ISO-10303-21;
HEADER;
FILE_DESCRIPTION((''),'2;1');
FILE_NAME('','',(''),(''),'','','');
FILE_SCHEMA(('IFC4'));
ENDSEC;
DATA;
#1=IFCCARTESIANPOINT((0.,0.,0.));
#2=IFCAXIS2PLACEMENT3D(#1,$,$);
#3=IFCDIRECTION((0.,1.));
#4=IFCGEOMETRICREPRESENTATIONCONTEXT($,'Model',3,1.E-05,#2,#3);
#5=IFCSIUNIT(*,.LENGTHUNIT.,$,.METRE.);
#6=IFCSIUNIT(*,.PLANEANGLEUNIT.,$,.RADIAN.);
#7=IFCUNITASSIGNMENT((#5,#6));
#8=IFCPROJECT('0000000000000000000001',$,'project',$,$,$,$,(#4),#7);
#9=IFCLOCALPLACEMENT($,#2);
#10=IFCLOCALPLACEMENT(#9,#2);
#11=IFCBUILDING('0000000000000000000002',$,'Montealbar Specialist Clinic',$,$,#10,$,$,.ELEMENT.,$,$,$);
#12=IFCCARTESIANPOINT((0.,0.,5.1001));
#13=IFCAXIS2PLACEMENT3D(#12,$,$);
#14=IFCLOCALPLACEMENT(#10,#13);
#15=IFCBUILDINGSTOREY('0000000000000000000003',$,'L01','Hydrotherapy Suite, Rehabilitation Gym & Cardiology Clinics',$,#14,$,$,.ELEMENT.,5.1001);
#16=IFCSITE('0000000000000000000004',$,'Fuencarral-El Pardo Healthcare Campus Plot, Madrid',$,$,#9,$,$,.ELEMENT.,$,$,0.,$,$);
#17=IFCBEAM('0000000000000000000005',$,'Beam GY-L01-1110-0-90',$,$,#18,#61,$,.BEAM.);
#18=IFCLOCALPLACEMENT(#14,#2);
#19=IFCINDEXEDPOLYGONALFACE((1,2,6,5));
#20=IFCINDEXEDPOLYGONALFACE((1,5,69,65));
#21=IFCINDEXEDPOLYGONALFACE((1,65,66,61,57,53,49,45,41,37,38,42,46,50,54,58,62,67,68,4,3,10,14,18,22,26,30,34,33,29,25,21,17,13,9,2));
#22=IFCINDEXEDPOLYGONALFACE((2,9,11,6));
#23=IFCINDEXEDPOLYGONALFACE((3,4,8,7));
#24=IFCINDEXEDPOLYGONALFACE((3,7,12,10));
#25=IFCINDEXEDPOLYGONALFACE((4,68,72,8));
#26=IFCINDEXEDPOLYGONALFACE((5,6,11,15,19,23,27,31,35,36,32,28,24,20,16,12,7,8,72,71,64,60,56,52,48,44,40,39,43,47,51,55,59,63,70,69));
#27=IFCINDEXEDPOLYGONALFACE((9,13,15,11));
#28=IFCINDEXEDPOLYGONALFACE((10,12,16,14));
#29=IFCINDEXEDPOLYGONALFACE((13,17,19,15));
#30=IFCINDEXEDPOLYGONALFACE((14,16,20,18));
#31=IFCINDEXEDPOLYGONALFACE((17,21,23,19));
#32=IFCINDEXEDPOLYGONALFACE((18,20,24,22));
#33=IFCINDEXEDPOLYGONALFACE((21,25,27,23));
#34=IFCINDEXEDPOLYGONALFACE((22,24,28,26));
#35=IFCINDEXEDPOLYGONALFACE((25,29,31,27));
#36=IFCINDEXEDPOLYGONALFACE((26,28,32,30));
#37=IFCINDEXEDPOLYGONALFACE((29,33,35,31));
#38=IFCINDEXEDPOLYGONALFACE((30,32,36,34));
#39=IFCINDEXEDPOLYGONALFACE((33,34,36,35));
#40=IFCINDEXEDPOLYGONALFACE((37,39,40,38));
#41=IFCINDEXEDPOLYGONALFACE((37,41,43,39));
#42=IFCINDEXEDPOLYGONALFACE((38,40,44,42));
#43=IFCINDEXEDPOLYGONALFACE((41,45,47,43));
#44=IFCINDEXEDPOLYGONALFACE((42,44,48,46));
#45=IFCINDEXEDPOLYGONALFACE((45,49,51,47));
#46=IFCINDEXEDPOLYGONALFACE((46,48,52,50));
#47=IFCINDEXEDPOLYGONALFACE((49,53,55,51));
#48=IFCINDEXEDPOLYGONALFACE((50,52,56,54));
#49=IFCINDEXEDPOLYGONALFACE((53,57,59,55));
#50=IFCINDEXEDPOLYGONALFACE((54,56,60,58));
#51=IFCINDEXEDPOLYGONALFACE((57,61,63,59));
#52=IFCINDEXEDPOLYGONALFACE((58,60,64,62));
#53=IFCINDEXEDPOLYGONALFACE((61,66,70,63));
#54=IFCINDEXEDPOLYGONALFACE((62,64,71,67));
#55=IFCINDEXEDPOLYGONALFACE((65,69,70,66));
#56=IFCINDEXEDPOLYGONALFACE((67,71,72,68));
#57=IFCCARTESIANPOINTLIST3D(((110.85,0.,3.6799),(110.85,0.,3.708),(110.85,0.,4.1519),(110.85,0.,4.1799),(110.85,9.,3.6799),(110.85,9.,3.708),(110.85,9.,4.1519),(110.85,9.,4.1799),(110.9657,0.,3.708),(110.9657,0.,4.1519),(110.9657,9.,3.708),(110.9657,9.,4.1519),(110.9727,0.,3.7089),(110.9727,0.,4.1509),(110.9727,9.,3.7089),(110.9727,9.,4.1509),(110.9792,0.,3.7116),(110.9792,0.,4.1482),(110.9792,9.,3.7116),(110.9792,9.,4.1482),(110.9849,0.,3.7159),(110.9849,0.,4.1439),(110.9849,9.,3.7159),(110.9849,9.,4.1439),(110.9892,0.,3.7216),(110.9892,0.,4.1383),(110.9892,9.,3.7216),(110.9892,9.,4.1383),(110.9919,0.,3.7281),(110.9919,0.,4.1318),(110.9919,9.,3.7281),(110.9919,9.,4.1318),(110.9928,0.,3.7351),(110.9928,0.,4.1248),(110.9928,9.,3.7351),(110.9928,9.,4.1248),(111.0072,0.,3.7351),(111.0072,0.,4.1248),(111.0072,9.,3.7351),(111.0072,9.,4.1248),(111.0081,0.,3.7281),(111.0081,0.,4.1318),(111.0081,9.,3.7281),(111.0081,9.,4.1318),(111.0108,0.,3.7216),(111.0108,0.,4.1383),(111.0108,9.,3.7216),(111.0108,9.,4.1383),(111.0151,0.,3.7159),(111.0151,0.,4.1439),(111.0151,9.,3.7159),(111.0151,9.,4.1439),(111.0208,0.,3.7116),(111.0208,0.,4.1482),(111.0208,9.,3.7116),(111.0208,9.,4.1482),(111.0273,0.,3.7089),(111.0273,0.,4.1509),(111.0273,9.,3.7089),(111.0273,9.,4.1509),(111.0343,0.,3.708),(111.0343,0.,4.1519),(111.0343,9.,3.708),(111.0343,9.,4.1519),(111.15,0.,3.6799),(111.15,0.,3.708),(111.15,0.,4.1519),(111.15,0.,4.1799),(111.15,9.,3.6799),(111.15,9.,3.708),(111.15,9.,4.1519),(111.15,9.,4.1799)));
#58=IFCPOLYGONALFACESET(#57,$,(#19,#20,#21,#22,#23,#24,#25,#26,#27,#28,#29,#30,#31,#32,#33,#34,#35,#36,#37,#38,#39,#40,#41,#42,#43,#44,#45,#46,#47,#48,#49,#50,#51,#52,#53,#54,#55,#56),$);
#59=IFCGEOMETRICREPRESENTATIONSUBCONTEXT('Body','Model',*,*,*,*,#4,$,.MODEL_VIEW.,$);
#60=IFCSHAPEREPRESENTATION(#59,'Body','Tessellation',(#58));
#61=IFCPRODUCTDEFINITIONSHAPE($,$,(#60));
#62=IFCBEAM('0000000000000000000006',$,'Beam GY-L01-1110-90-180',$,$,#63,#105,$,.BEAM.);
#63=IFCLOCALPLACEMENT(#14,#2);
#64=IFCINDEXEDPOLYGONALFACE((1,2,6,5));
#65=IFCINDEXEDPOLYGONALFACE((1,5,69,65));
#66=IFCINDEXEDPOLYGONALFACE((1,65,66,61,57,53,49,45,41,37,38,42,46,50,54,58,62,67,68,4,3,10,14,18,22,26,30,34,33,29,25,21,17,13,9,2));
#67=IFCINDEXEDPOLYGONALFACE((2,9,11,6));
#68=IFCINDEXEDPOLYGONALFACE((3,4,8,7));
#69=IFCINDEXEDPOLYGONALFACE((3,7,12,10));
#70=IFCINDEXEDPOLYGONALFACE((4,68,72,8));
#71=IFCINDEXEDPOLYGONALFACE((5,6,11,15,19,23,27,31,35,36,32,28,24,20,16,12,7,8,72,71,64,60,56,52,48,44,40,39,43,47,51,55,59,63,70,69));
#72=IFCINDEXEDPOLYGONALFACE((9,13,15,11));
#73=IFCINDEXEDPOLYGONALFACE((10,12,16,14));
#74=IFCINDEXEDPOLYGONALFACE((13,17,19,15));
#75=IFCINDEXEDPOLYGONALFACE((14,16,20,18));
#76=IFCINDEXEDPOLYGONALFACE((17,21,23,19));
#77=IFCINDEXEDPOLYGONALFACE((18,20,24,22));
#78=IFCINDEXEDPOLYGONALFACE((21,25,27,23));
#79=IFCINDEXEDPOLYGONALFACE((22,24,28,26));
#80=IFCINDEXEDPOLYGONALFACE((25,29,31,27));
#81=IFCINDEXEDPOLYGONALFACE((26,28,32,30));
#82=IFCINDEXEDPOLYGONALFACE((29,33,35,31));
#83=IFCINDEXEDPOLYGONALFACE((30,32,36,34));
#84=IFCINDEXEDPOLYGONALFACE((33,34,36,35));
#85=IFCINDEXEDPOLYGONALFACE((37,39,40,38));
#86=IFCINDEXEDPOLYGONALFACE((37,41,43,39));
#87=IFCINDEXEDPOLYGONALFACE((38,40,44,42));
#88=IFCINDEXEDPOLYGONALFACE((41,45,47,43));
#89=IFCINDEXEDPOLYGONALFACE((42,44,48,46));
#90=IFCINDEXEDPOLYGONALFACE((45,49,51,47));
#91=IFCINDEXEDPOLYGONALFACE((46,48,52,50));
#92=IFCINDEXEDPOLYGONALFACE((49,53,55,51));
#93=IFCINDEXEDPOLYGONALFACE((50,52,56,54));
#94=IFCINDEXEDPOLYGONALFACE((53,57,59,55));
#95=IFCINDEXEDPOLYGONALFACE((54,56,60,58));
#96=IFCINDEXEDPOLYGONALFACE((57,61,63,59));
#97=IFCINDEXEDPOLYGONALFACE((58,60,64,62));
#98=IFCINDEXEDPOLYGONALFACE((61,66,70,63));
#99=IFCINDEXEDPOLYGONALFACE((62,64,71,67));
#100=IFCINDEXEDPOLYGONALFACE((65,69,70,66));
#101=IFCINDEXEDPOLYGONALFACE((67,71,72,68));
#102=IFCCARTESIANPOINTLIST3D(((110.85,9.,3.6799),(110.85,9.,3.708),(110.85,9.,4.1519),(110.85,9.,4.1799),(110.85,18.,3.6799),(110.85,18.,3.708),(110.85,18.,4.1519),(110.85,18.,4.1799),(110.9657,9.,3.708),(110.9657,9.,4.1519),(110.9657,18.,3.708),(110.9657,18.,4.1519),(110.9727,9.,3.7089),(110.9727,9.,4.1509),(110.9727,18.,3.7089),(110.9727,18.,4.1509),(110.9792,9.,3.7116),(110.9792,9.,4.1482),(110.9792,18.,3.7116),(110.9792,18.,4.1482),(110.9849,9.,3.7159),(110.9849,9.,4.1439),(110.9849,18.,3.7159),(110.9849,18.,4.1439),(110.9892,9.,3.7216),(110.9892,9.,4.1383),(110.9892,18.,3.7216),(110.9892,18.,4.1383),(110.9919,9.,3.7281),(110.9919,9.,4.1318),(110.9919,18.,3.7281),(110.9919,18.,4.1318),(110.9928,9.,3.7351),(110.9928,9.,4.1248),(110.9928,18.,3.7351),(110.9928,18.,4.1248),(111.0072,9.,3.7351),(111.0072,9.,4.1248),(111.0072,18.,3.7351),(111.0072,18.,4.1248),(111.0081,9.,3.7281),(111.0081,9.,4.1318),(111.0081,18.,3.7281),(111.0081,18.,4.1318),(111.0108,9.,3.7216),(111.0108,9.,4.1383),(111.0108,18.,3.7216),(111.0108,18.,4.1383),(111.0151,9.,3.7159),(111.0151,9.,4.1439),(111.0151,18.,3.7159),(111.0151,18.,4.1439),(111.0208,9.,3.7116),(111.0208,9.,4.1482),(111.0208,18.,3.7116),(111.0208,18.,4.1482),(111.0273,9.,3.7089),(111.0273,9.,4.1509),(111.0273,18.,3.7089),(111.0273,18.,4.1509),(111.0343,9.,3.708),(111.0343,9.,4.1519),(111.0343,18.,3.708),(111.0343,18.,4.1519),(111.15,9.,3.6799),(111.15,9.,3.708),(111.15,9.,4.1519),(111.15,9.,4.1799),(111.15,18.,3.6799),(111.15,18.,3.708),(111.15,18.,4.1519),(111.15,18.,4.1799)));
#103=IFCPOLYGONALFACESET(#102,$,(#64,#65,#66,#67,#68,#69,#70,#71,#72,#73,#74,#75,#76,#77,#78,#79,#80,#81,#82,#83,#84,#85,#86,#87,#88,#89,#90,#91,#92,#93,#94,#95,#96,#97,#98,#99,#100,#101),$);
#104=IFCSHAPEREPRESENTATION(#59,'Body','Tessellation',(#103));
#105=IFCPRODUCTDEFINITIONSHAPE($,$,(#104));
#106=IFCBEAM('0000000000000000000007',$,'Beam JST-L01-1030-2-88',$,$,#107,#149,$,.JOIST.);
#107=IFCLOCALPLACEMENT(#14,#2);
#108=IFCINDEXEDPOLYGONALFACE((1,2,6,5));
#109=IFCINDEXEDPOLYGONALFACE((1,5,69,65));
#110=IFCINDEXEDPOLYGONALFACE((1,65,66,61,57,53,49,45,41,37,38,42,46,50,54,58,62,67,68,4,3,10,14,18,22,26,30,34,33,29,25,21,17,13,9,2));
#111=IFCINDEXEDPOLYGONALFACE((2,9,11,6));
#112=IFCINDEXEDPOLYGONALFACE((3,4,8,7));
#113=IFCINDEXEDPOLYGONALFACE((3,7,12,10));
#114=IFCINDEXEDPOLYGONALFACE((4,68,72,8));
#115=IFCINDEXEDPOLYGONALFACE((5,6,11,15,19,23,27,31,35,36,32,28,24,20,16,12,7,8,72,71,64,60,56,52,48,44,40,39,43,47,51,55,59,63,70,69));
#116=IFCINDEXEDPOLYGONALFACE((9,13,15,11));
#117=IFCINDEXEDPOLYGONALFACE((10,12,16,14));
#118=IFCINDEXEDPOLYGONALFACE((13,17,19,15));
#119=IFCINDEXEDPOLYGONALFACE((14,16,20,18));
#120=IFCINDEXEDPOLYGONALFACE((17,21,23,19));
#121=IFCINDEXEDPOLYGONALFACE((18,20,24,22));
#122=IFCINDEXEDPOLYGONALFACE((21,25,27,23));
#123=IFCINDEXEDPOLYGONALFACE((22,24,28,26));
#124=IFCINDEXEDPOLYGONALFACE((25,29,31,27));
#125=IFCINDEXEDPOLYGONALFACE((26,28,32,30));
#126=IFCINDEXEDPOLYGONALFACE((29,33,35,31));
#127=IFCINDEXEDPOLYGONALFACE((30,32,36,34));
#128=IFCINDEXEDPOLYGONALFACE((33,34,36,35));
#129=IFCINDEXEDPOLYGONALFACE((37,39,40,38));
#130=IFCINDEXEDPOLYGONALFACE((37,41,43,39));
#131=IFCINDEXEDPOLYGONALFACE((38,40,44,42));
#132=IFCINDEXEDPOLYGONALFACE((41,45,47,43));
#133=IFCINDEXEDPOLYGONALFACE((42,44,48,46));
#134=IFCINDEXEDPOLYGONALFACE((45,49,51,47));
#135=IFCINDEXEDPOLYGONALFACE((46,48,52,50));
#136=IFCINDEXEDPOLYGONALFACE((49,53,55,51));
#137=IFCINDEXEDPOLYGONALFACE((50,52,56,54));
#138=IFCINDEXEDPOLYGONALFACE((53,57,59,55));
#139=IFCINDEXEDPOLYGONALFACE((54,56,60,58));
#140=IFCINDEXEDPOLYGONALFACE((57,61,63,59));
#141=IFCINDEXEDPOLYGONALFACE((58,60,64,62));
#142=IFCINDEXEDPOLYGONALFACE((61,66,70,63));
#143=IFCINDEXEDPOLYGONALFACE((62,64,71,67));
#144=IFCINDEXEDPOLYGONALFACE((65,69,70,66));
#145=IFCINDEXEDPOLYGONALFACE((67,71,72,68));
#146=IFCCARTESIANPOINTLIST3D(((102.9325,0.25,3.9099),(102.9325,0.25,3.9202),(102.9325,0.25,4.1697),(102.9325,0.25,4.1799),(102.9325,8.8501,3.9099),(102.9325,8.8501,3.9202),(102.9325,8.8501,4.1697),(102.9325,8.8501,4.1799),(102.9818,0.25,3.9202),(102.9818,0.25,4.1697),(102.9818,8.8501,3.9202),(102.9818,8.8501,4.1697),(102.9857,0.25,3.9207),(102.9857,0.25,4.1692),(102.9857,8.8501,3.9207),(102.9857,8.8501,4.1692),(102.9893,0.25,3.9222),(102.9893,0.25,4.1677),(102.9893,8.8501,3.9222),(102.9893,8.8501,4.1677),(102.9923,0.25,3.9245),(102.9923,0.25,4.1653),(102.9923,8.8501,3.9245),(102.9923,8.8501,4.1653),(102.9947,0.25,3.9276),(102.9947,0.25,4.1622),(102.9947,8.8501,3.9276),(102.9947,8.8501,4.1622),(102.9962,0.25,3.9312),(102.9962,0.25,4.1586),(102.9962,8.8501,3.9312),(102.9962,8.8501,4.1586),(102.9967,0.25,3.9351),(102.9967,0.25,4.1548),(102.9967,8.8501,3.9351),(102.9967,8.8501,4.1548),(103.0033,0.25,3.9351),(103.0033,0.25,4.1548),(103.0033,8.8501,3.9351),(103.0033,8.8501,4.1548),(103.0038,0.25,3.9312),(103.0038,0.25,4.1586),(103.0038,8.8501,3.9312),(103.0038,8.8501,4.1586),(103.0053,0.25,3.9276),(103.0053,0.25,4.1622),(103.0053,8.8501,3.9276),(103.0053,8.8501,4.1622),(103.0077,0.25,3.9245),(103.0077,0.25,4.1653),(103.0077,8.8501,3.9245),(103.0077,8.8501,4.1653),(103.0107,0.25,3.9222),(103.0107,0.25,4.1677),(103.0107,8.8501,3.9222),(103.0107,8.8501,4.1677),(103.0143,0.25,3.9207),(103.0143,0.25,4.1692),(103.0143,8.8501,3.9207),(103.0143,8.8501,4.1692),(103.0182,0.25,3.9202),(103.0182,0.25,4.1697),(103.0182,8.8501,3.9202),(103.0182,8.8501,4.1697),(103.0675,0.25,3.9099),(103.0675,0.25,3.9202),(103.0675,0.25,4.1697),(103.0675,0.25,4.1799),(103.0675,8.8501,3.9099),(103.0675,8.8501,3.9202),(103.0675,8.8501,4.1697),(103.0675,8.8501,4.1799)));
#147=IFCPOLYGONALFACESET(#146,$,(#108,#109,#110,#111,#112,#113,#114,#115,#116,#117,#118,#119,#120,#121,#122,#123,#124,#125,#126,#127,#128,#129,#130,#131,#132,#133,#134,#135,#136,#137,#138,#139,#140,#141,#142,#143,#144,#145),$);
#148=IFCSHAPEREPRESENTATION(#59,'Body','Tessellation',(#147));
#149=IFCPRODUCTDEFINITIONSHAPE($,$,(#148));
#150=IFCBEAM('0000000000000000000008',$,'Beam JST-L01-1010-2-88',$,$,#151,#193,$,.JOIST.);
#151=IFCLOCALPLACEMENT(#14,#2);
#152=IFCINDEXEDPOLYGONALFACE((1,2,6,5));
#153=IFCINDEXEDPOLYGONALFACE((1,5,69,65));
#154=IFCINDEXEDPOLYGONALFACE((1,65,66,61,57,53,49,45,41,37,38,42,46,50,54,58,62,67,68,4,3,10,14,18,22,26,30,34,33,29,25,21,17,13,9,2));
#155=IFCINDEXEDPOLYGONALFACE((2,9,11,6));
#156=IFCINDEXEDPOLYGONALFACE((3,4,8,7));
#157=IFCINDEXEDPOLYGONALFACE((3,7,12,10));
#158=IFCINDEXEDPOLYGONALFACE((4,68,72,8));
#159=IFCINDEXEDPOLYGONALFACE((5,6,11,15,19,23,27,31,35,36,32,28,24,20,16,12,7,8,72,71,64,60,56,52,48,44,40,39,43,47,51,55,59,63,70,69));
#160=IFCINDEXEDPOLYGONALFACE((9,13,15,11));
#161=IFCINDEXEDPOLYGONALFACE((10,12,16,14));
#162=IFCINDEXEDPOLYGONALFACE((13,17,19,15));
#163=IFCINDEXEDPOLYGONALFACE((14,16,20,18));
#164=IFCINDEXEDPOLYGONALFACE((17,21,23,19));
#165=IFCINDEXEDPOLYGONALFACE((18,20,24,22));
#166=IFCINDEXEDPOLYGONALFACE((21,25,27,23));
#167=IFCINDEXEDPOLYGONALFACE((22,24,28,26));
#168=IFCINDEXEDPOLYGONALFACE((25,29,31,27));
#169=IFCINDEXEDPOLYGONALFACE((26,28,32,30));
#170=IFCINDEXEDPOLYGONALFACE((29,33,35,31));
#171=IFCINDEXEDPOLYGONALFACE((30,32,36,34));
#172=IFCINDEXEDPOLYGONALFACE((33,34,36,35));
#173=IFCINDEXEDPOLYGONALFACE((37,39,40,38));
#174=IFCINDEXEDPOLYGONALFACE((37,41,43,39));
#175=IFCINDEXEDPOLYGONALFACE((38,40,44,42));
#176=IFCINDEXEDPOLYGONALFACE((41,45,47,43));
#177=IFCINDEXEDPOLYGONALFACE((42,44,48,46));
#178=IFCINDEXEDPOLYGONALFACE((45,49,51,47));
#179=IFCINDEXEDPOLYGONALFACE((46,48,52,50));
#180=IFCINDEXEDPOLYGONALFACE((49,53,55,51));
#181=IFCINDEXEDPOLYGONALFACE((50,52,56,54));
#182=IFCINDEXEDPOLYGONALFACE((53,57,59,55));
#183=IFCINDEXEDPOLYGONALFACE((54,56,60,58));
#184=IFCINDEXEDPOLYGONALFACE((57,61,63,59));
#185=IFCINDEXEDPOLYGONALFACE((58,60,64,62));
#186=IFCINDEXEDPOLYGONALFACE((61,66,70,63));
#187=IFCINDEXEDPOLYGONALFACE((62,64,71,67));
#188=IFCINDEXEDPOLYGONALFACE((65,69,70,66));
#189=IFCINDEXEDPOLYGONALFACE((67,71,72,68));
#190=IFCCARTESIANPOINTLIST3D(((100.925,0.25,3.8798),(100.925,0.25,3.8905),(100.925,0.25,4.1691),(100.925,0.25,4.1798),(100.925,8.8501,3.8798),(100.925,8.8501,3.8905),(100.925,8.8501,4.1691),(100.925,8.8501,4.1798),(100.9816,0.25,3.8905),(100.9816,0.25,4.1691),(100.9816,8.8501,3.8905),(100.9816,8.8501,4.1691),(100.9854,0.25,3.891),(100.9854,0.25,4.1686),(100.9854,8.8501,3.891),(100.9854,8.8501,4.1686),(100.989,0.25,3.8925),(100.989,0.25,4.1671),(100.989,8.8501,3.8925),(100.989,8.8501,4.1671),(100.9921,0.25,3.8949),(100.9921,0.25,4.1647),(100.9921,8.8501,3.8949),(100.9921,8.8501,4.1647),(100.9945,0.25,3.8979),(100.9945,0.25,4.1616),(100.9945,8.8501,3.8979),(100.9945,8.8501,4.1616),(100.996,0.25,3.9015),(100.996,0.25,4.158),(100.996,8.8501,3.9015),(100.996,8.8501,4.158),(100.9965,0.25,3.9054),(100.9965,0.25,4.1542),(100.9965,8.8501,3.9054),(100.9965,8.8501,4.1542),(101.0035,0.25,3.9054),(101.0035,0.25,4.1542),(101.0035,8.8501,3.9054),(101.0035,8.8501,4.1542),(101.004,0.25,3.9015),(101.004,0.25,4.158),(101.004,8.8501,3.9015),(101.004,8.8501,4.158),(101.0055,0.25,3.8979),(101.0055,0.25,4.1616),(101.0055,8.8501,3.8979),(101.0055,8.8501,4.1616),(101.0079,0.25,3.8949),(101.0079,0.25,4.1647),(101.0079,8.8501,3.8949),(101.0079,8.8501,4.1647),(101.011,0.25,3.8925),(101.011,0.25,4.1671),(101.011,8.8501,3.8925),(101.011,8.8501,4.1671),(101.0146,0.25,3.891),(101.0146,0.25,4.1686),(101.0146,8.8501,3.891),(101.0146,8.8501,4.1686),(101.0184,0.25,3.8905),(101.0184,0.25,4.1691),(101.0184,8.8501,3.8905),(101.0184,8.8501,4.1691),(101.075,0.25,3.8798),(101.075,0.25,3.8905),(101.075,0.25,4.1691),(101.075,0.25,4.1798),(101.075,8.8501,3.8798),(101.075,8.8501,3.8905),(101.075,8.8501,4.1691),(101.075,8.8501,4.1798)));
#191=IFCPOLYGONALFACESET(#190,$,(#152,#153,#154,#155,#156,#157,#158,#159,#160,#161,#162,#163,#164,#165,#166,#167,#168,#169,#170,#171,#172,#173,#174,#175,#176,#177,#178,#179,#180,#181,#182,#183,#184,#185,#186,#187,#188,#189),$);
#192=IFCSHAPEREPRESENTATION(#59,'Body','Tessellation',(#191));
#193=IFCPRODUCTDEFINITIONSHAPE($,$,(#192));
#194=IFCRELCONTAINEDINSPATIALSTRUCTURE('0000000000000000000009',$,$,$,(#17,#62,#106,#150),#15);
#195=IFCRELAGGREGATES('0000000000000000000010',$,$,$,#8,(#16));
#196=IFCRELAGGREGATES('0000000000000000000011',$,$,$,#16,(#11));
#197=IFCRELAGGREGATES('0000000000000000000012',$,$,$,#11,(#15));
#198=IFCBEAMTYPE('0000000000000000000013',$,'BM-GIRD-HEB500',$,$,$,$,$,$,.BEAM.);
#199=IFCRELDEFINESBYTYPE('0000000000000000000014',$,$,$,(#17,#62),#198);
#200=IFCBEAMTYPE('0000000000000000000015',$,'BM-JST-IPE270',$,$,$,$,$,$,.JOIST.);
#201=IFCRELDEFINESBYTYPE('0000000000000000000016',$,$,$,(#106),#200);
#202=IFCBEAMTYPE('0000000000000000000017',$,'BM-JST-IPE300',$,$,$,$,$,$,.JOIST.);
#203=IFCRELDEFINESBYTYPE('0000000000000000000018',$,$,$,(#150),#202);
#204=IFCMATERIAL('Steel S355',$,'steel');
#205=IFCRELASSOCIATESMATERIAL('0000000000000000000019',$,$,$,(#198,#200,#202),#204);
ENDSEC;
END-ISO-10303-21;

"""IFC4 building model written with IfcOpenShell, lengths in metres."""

from ifc_helpers import new_model, si_unit, direction, frame, origin, origin_2d, place, context, subcontext, project, spatial, i_section, extrude, material, material_profile, profile_set, type_object, element, save


model = new_model("IFC4")

# Units and contexts
model_context = context("Model", 3, precision=1e-05, world=origin(), true_north=direction((0.0, 1.0)))
body_context = subcontext(model_context, "Body", "Model", "MODEL_VIEW")
ifc_project = project(units=[si_unit("LENGTHUNIT", "METRE"), si_unit("PLANEANGLEUNIT", "RADIAN")], contexts=[model_context])

# Site, building, storey
site_placement = place(None, origin())
site = spatial("IfcSite", under=ifc_project, at=site_placement, Name="Fuencarral-El Pardo Healthcare Campus Plot, Madrid", CompositionType="ELEMENT", RefElevation=0.0)
building_placement = place(site_placement, origin())
building = spatial("IfcBuilding", under=site, at=building_placement, Name="Montealbar Specialist Clinic", CompositionType="ELEMENT")
storey_placement = place(building_placement, frame((0.0, 0.0, 5.1001)))
storey = spatial("IfcBuildingStorey", under=building, at=storey_placement, Name="L01", Description="Hydrotherapy Suite, Rehabilitation Gym & Cardiology Clinics", CompositionType="ELEMENT", Elevation=5.1001)

# Shared definitions
ifc_material_1 = material(Name="Steel S355", Category="steel")

# Beams
ifc_material_profile_1 = material_profile(ifc_material_1, i_section(OverallWidth=0.3, OverallDepth=0.5, WebThickness=0.0144, FlangeThickness=0.0281, FilletRadius=0.0271, at=origin_2d()), Name="HEB 500", Category="steel")
ifc_profile_set_1 = profile_set([ifc_material_profile_1], Name="Steel S355")
beam_type_1 = type_object("IfcBeamType", Name="BM-GIRD-HEB500", PredefinedType="BEAM", material=ifc_profile_set_1)
for number, where, z_axis, x_axis, name in (
    (1, (111.0, 0.0, 3.9299), (0.0, 1.0, 0.0), (-1.0, 0.0, 0.0), "Beam GY-L01-1110-0-90"),
    (2, (111.0, 9.0, 3.9299), (0.0, 1.0, 0.0), (-1.0, 0.0, 0.0), "Beam GY-L01-1110-90-180"),
):
    element("IfcBeam", number, at=place(storey_placement, frame(where, z_axis=z_axis, x_axis=x_axis)), inside=storey, type_object=beam_type_1, Name=name, PredefinedType="BEAM", context=body_context, shape_type="SweptSolid", body=[
        extrude(i_section(OverallWidth=0.3, OverallDepth=0.5, WebThickness=0.0144, FlangeThickness=0.0281, FilletRadius=0.0271, at=origin_2d()), origin(), (0.0, 0.0, 1.0), 9.0),
    ])
ifc_material_profile_2 = material_profile(ifc_material_1, i_section(OverallWidth=0.135, OverallDepth=0.27, WebThickness=0.0066, FlangeThickness=0.0103, FilletRadius=0.0149, at=origin_2d()), Name="IPE 270", Category="steel")
ifc_profile_set_2 = profile_set([ifc_material_profile_2], Name="Steel S355")
beam_type_2 = type_object("IfcBeamType", Name="BM-JST-IPE270", PredefinedType="JOIST", material=ifc_profile_set_2)
beam_1_placement = place(storey_placement, frame((103.0, 0.25, 4.0449), z_axis=(0.0, 1.0, 0.0), x_axis=(-1.0, 0.0, 0.0)))
element("IfcBeam", 3, at=beam_1_placement, inside=storey, type_object=beam_type_2, Name="Beam JST-L01-1030-2-88", PredefinedType="JOIST", context=body_context, shape_type="SweptSolid", body=[
    extrude(i_section(OverallWidth=0.135, OverallDepth=0.27, WebThickness=0.0066, FlangeThickness=0.0103, FilletRadius=0.0149, at=origin_2d()), origin(), (0.0, 0.0, 1.0), 8.6001),
])
ifc_material_profile_3 = material_profile(ifc_material_1, i_section(OverallWidth=0.1499, OverallDepth=0.3, WebThickness=0.0071, FlangeThickness=0.0107, FilletRadius=0.0149, at=origin_2d()), Name="IPE 300", Category="steel")
ifc_profile_set_3 = profile_set([ifc_material_profile_3], Name="Steel S355")
beam_type_3 = type_object("IfcBeamType", Name="BM-JST-IPE300", PredefinedType="JOIST", material=ifc_profile_set_3)
beam_2_placement = place(storey_placement, frame((101.0, 0.25, 4.0298), z_axis=(0.0, 1.0, 0.0), x_axis=(-1.0, 0.0, 0.0)))
element("IfcBeam", 4, at=beam_2_placement, inside=storey, type_object=beam_type_3, Name="Beam JST-L01-1010-2-88", PredefinedType="JOIST", context=body_context, shape_type="SweptSolid", body=[
    extrude(i_section(OverallWidth=0.1499, OverallDepth=0.3, WebThickness=0.0071, FlangeThickness=0.0107, FilletRadius=0.0149, at=origin_2d()), origin(), (0.0, 0.0, 1.0), 8.6001),
])

save(model, "model.ifc")
